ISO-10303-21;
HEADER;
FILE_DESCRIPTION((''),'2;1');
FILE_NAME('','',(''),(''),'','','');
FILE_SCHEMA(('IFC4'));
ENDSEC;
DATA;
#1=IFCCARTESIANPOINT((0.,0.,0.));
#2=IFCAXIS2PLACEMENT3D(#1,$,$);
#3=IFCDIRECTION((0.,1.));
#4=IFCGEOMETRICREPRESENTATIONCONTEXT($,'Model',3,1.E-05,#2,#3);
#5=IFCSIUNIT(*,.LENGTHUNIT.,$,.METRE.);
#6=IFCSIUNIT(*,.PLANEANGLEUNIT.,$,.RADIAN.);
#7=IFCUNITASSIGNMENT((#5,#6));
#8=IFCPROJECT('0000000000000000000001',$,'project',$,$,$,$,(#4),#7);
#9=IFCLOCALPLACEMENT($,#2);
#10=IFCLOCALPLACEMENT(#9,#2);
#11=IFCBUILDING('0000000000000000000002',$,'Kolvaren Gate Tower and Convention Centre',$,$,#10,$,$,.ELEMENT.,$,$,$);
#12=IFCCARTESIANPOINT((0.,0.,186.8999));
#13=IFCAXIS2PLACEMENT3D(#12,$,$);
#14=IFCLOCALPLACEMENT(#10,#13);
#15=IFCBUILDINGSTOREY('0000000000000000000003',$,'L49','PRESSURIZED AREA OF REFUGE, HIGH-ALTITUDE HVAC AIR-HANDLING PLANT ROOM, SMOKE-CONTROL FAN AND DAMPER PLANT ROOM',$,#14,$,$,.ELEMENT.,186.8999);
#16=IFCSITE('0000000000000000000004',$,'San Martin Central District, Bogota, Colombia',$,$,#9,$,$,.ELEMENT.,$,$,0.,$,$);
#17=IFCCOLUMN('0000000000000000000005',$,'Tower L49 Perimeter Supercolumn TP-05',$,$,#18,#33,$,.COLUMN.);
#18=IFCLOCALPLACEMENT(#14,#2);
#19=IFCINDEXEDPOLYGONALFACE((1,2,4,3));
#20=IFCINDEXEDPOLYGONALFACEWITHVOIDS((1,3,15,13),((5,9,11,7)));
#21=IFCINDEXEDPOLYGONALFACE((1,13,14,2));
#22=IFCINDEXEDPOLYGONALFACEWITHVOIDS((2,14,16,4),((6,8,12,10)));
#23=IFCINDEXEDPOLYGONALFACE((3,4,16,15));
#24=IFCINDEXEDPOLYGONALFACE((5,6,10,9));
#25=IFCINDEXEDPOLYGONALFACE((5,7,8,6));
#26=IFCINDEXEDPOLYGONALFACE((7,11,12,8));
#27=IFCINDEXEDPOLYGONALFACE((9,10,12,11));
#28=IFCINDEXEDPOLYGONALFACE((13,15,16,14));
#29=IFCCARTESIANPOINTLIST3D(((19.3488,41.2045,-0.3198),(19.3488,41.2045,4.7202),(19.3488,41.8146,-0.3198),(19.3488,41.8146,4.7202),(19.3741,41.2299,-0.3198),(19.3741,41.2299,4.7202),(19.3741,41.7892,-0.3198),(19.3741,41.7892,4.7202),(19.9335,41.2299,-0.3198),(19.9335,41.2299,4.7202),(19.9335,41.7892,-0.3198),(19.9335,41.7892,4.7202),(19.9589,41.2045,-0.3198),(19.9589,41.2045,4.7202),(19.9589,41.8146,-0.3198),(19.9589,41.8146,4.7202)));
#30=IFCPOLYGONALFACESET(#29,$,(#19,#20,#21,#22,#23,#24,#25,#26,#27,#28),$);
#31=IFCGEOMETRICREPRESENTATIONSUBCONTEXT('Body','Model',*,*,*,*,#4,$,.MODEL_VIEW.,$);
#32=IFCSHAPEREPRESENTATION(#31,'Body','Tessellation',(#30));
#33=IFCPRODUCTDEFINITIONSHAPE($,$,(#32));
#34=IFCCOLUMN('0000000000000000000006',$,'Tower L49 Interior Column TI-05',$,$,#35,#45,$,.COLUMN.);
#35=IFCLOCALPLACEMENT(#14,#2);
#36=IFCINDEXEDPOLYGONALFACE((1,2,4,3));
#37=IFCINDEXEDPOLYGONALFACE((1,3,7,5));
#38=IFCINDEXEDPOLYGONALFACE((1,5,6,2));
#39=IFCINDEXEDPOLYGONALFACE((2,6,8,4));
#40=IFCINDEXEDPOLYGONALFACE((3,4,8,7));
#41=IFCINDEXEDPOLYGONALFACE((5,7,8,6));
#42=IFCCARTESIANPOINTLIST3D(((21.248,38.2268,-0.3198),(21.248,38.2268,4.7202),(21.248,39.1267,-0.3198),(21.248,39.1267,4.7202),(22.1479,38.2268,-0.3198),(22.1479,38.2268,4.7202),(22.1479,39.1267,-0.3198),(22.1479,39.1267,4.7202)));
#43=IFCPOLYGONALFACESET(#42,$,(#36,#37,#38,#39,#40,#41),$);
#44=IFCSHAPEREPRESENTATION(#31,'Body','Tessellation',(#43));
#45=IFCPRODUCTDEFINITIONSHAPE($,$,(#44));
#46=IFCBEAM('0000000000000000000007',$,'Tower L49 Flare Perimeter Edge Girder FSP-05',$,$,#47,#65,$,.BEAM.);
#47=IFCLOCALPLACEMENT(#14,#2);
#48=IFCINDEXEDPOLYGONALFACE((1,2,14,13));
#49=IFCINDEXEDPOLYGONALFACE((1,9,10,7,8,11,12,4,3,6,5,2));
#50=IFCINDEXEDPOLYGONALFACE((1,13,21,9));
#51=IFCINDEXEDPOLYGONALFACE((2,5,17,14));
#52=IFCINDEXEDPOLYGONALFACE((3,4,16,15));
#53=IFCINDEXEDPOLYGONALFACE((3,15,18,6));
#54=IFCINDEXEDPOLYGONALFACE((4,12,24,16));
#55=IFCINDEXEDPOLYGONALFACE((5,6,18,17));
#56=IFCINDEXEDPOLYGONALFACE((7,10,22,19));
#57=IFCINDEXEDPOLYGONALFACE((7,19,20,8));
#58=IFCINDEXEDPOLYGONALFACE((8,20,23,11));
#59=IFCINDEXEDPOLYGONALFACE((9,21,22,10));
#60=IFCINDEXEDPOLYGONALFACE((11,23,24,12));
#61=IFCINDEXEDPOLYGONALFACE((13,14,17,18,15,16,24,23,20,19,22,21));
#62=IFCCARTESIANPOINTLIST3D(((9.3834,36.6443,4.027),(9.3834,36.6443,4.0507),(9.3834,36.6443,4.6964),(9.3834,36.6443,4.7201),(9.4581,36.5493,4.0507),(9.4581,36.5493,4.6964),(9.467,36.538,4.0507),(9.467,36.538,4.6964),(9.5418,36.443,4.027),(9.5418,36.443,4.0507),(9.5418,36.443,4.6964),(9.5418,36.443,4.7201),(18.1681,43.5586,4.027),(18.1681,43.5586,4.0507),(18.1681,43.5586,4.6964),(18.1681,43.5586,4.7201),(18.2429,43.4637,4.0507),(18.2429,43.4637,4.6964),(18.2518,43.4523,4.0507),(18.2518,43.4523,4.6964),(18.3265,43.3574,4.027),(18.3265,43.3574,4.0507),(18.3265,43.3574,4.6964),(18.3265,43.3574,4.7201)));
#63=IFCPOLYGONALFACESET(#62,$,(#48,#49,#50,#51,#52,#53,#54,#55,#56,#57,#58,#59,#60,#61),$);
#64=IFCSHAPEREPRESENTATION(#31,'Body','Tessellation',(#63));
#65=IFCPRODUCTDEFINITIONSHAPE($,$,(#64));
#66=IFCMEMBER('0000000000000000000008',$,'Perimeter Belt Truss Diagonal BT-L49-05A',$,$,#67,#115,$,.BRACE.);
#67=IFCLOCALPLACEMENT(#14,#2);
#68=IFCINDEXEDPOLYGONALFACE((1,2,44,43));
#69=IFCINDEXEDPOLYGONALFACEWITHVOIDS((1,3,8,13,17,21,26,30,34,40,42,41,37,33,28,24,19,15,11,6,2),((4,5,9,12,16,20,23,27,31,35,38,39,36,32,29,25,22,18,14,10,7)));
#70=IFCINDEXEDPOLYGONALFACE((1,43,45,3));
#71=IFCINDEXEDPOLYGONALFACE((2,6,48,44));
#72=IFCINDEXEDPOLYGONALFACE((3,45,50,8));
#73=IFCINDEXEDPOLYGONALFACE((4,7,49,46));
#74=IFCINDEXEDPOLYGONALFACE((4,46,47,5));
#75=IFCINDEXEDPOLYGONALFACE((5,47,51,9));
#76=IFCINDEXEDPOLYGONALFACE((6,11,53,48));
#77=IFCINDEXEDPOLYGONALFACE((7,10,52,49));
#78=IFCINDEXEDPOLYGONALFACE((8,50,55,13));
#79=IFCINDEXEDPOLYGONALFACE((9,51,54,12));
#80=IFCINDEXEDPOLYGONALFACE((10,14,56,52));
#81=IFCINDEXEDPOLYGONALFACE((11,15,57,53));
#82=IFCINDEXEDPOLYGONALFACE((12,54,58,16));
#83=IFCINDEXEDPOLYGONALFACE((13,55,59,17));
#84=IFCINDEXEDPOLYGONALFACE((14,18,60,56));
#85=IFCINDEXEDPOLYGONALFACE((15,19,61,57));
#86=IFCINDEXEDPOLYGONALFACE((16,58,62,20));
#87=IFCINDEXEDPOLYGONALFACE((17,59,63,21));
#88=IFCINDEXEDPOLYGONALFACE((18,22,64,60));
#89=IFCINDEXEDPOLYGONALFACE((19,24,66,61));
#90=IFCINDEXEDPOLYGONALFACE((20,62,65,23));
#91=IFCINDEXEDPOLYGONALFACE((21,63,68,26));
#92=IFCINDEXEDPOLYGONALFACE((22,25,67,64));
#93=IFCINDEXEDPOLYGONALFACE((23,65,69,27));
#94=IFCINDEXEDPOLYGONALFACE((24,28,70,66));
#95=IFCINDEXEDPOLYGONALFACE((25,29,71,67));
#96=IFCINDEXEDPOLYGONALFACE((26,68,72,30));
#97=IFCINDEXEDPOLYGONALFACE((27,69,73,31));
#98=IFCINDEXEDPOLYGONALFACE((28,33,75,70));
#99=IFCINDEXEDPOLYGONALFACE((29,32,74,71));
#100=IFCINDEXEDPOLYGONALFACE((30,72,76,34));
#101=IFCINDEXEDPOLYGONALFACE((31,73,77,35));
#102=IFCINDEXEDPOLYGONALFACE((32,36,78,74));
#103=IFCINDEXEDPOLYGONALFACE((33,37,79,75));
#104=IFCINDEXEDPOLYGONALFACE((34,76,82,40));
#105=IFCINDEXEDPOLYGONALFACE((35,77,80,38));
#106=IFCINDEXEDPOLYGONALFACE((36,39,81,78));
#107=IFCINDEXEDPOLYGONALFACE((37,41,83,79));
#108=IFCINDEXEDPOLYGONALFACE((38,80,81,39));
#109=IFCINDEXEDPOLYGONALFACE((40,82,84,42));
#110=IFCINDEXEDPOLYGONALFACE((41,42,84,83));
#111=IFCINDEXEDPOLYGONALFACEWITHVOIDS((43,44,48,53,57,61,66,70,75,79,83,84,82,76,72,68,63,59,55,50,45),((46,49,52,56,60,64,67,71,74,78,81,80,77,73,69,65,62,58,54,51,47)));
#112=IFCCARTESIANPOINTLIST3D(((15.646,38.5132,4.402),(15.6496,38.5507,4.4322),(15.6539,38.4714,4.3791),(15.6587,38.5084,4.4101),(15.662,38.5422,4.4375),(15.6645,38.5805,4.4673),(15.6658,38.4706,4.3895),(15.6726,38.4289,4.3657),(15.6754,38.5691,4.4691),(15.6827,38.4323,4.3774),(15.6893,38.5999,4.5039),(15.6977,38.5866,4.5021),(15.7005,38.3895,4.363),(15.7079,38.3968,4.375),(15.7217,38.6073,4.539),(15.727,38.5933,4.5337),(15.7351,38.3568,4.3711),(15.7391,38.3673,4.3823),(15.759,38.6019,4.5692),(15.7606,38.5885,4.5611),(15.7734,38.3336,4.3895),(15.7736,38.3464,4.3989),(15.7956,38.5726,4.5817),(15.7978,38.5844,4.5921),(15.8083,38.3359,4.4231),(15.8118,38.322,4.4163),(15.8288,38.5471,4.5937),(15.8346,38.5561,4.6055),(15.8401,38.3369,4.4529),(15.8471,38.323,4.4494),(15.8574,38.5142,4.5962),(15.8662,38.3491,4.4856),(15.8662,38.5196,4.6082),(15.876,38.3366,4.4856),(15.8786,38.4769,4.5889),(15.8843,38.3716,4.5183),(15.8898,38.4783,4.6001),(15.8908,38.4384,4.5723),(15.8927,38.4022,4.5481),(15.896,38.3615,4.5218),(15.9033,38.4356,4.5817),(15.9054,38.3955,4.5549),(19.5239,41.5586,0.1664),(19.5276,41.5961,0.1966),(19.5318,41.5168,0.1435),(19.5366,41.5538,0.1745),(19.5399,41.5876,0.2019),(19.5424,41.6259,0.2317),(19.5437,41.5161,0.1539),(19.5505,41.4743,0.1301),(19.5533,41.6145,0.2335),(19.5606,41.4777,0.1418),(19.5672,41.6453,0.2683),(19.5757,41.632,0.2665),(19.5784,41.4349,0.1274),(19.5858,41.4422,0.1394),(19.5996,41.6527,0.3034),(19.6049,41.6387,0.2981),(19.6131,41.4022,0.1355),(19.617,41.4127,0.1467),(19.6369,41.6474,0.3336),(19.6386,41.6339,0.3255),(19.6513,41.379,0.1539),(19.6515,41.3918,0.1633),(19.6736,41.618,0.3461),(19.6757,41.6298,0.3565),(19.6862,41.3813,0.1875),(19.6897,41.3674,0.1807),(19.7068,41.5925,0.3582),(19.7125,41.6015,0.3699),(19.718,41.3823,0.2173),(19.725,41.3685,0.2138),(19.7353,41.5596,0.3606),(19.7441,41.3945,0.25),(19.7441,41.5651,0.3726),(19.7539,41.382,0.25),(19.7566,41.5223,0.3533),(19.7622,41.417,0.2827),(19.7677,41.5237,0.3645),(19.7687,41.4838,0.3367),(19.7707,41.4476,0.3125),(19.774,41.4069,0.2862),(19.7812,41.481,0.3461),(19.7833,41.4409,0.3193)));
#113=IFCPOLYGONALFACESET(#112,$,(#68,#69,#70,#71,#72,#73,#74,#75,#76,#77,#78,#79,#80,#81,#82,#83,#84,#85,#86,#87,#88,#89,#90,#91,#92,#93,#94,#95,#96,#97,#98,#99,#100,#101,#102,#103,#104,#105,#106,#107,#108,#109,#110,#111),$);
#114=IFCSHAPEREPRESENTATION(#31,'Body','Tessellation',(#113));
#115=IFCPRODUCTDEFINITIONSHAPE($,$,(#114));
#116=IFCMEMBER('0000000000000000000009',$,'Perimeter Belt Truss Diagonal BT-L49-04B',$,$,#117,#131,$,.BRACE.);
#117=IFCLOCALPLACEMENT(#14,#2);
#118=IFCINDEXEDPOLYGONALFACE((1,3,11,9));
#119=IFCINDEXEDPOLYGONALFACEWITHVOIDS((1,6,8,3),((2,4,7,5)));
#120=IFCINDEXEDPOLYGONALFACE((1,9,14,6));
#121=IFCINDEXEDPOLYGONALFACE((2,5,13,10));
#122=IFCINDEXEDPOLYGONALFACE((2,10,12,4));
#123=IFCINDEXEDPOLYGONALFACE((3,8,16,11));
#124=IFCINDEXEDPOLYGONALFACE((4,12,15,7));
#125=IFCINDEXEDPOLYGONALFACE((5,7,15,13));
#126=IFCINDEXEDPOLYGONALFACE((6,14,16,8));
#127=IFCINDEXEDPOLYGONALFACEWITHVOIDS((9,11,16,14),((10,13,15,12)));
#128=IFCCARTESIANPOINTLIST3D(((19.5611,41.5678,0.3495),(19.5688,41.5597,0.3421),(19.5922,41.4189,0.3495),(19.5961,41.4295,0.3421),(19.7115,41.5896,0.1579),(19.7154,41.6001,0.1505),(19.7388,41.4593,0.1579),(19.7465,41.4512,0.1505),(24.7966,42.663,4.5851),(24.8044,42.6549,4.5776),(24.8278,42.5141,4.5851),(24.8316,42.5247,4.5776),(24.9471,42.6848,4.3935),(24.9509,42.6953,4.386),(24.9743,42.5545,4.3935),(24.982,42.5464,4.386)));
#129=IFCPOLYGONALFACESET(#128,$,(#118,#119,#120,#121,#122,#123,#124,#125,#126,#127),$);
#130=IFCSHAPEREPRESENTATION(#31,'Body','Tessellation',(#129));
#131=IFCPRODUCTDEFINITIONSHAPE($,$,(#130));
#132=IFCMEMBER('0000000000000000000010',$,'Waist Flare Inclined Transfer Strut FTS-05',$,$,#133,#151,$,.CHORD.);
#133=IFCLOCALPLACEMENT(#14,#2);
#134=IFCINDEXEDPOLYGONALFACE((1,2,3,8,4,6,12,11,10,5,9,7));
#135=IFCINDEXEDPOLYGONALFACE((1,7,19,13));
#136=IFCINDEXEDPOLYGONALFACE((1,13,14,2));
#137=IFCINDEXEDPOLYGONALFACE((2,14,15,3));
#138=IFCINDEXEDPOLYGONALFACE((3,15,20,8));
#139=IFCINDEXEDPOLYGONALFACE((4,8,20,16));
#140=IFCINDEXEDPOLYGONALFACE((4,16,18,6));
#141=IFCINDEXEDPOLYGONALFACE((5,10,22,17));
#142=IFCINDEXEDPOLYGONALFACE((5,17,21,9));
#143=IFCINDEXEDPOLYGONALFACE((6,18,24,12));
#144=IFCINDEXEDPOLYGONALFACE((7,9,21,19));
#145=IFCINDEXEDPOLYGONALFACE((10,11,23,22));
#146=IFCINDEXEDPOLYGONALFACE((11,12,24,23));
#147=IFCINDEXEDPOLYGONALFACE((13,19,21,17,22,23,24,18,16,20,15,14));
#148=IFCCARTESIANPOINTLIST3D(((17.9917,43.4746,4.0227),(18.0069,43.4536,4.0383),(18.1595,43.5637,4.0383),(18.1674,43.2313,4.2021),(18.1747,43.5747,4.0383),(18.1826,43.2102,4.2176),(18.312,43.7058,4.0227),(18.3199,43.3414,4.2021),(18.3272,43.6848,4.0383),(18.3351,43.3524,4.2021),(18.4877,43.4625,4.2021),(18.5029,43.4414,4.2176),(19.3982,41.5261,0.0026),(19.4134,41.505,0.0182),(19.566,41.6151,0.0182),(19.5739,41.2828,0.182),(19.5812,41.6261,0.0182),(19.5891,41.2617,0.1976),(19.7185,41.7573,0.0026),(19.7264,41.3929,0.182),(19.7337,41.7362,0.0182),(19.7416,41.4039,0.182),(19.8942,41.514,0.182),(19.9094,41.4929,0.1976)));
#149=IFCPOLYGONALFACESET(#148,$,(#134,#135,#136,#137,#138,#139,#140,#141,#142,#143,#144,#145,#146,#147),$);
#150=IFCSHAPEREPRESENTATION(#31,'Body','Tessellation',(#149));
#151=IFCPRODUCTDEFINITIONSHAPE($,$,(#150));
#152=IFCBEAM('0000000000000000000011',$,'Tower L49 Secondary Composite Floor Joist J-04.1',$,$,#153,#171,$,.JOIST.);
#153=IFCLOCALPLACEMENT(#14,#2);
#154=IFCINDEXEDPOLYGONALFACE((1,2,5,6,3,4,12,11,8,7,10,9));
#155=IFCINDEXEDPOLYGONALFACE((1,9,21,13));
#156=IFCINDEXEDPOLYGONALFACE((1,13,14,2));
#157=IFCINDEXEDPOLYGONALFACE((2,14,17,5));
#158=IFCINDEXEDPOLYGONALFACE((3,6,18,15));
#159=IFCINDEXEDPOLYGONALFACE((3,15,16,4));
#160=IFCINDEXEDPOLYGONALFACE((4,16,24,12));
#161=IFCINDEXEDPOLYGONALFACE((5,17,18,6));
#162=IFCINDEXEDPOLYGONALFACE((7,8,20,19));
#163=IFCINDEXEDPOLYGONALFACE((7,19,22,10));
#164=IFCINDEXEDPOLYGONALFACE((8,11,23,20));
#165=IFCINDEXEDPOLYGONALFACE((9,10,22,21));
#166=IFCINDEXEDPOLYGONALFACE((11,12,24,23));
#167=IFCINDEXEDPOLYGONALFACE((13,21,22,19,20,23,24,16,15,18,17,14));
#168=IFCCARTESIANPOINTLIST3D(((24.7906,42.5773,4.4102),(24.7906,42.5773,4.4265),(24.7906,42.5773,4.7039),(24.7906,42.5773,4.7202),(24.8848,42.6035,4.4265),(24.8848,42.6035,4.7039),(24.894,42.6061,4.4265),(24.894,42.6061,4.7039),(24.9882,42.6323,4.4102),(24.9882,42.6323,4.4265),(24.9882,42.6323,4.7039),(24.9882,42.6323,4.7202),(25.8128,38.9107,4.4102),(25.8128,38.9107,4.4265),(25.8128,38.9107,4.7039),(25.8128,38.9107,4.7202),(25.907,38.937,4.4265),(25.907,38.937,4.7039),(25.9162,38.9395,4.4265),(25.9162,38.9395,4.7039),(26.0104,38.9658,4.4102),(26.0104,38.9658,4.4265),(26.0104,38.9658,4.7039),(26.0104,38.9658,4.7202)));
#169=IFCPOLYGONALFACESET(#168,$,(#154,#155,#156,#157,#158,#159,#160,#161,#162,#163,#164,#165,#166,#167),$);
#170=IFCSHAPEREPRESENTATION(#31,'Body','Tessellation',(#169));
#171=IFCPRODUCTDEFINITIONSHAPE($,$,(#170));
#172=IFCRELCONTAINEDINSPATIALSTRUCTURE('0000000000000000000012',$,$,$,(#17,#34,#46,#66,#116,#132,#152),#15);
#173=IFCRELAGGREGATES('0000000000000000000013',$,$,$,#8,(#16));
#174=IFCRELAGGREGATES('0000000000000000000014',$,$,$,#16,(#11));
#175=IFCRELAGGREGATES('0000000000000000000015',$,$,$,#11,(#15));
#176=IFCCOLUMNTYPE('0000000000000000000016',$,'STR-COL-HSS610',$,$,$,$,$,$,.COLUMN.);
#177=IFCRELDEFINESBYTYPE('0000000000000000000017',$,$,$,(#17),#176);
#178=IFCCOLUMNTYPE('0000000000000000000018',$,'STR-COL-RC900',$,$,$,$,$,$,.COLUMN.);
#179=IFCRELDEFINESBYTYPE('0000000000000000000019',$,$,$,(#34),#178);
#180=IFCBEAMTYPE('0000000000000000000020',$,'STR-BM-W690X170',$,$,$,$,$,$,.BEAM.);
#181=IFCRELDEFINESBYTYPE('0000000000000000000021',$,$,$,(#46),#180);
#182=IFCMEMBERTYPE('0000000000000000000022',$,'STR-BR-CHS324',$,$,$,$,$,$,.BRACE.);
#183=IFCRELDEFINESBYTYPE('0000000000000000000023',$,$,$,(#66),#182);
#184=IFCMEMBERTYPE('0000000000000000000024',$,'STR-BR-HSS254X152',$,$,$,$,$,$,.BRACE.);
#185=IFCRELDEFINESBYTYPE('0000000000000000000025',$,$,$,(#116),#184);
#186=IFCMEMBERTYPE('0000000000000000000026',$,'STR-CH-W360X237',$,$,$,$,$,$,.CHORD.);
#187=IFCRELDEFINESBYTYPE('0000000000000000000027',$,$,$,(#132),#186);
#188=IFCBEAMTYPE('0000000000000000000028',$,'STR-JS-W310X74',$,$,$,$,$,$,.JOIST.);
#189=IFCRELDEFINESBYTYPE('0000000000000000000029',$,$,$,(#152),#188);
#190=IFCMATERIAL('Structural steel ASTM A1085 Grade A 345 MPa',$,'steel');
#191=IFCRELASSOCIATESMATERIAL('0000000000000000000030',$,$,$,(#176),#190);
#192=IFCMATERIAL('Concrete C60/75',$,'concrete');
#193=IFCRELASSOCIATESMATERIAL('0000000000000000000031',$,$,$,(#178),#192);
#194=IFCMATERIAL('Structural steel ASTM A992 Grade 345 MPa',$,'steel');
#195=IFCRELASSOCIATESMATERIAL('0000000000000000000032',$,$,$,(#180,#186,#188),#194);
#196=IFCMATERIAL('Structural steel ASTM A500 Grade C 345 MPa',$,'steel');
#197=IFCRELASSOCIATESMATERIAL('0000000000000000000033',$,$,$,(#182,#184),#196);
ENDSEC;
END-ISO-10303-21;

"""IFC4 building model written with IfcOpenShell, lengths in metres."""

from ifc_helpers import new_model, si_unit, direction, frame, origin, origin_2d, place, context, subcontext, project, spatial, rectangle, hollow_rectangle, hollow_circle, i_section, extrude, material, material_profile, profile_set, type_object, element, save


model = new_model("IFC4")

# Units and contexts
model_context = context("Model", 3, precision=1e-05, world=origin(), true_north=direction((0.0, 1.0)))
body_context = subcontext(model_context, "Body", "Model", "MODEL_VIEW")
ifc_project = project(units=[si_unit("LENGTHUNIT", "METRE"), si_unit("PLANEANGLEUNIT", "RADIAN")], contexts=[model_context])

# Site, building, storey
site_placement = place(None, origin())
site = spatial("IfcSite", under=ifc_project, at=site_placement, Name="San Martin Central District, Bogota, Colombia", CompositionType="ELEMENT", RefElevation=0.0)
building_placement = place(site_placement, origin())
building = spatial("IfcBuilding", under=site, at=building_placement, Name="Kolvaren Gate Tower and Convention Centre", CompositionType="ELEMENT")
storey_placement = place(building_placement, frame((0.0, 0.0, 186.8999)))
storey = spatial("IfcBuildingStorey", under=building, at=storey_placement, Name="L49", Description="PRESSURIZED AREA OF REFUGE, HIGH-ALTITUDE HVAC AIR-HANDLING PLANT ROOM, SMOKE-CONTROL FAN AND DAMPER PLANT ROOM", CompositionType="ELEMENT", Elevation=186.8999)

# Columns
ifc_material_1 = material(Name="Structural steel ASTM A1085 Grade A 345 MPa", Category="steel")
ifc_material_profile_1 = material_profile(ifc_material_1, hollow_rectangle(XDim=0.6101, YDim=0.6101, WallThickness=0.0254, at=origin_2d()), Name="HSS610X610X25.4")
ifc_profile_set_1 = profile_set([ifc_material_profile_1], Name="Structural steel ASTM A1085 Grade A 345 MPa")
column_type_1 = type_object("IfcColumnType", Name="STR-COL-HSS610", PredefinedType="COLUMN", material=ifc_profile_set_1)
column_1_placement = place(storey_placement, frame((19.6538, 41.5095, -0.3198), z_axis=(0.0, 0.0, 1.0), x_axis=(1.0, 0.0, 0.0)))
element("IfcColumn", 1, at=column_1_placement, inside=storey, type_object=column_type_1, Name="Tower L49 Perimeter Supercolumn TP-05", PredefinedType="COLUMN", context=body_context, shape_type="SweptSolid", body=[
    extrude(hollow_rectangle(XDim=0.6101, YDim=0.6101, WallThickness=0.0254, at=origin_2d()), origin(), (0.0, 0.0, 1.0), 5.04),
])
ifc_material_2 = material(Name="Concrete C60/75", Category="concrete")
ifc_material_profile_2 = material_profile(ifc_material_2, rectangle(XDim=0.8999, YDim=0.8999, at=origin_2d()), Name="RC-COL-900X900")
ifc_profile_set_2 = profile_set([ifc_material_profile_2], Name="Concrete C60/75")
column_type_2 = type_object("IfcColumnType", Name="STR-COL-RC900", PredefinedType="COLUMN", material=ifc_profile_set_2)
column_2_placement = place(storey_placement, frame((21.698, 38.6768, -0.3198), z_axis=(0.0, 0.0, 1.0), x_axis=(1.0, 0.0, 0.0)))
element("IfcColumn", 2, at=column_2_placement, inside=storey, type_object=column_type_2, Name="Tower L49 Interior Column TI-05", PredefinedType="COLUMN", context=body_context, shape_type="SweptSolid", body=[
    extrude(rectangle(XDim=0.8999, YDim=0.8999, at=origin_2d()), origin(), (0.0, 0.0, 1.0), 5.04),
])

# Beam
ifc_material_3 = material(Name="Structural steel ASTM A992 Grade 345 MPa", Category="steel")
ifc_material_profile_3 = material_profile(ifc_material_3, i_section(OverallWidth=0.2561, OverallDepth=0.6931, WebThickness=0.0144, FlangeThickness=0.0237, at=origin_2d()), Name="W690X170")
ifc_profile_set_3 = profile_set([ifc_material_profile_3], Name="Structural steel ASTM A992 Grade 345 MPa")
beam_type_1 = type_object("IfcBeamType", Name="STR-BM-W690X170", PredefinedType="BEAM", material=ifc_profile_set_3)
beam_1_placement = place(storey_placement, frame((18.2473, 43.458, 4.3735), z_axis=(-0.785794, -0.618489, 0.0), x_axis=(0.618489, -0.785794, 0.0)))
element("IfcBeam", 3, at=beam_1_placement, inside=storey, type_object=beam_type_1, Name="Tower L49 Flare Perimeter Edge Girder FSP-05", PredefinedType="BEAM", context=body_context, shape_type="SweptSolid", body=[
    extrude(i_section(OverallWidth=0.2561, OverallDepth=0.6931, WebThickness=0.0144, FlangeThickness=0.0237, at=origin_2d()), origin(), (0.0, 0.0, 1.0), 11.1794),
])

# Members
ifc_material_4 = material(Name="Structural steel ASTM A500 Grade C 345 MPa", Category="steel")
ifc_material_profile_4 = material_profile(ifc_material_4, hollow_circle(Radius=0.1621, WallThickness=0.0159, at=origin_2d()), Name="CHS324X15.9")
ifc_profile_set_4 = profile_set([ifc_material_profile_4], Name="Structural steel ASTM A500 Grade C 345 MPa")
member_type_1 = type_object("IfcMemberType", Name="STR-BR-CHS324", PredefinedType="BRACE", material=ifc_profile_set_4)
member_1_placement = place(storey_placement, frame((19.6538, 41.5095, 0.25), z_axis=(-0.596582, -0.468507, 0.651606), x_axis=(0.617629, -0.78647, 0.0)))
element("IfcMember", 4, at=member_1_placement, inside=storey, type_object=member_type_1, Name="Perimeter Belt Truss Diagonal BT-L49-05A", PredefinedType="BRACE", context=body_context, shape_type="SweptSolid", body=[
    extrude(hollow_circle(Radius=0.1621, WallThickness=0.0159, at=origin_2d()), origin(), (0.0, 0.0, 1.0), 6.5002),
])
ifc_material_profile_5 = material_profile(ifc_material_4, hollow_rectangle(XDim=0.1521, YDim=0.2539, WallThickness=0.0095, at=origin_2d()), Name="HSS254X152X9.5")
ifc_profile_set_5 = profile_set([ifc_material_profile_5], Name="Structural steel ASTM A500 Grade C 345 MPa")
member_type_2 = type_object("IfcMemberType", Name="STR-BR-HSS254X152", PredefinedType="BRACE", material=ifc_profile_set_5)
member_2_placement = place(storey_placement, frame((19.6538, 41.5095, 0.25), z_axis=(0.767362, 0.160522, 0.620796), x_axis=(-0.204754, 0.978813, 0.0)))
element("IfcMember", 5, at=member_2_placement, inside=storey, type_object=member_type_2, Name="Perimeter Belt Truss Diagonal BT-L49-04B", PredefinedType="BRACE", context=body_context, shape_type="SweptSolid", body=[
    extrude(hollow_rectangle(XDim=0.1521, YDim=0.2539, WallThickness=0.0095, at=origin_2d()), origin(), (0.0, 0.0, 1.0), 6.8228),
])
ifc_material_profile_6 = material_profile(ifc_material_3, i_section(OverallWidth=0.395, OverallDepth=0.3799, WebThickness=0.0188, FlangeThickness=0.0303, at=origin_2d()), Name="W360X237")
ifc_profile_set_6 = profile_set([ifc_material_profile_6], Name="Structural steel ASTM A992 Grade 345 MPa")
member_type_3 = type_object("IfcMemberType", Name="STR-CH-W360X237", PredefinedType="CHORD", material=ifc_profile_set_6)
member_3_placement = place(storey_placement, frame((19.6538, 41.5095, 0.1001), z_axis=(-0.300307, 0.41603, 0.858333), x_axis=(-0.810827, -0.585287, 0.0)))
element("IfcMember", 6, at=member_3_placement, inside=storey, type_object=member_type_3, Name="Waist Flare Inclined Transfer Strut FTS-05", PredefinedType="CHORD", context=body_context, shape_type="SweptSolid", body=[
    extrude(i_section(OverallWidth=0.395, OverallDepth=0.3799, WebThickness=0.0188, FlangeThickness=0.0303, at=origin_2d()), origin(), (0.0, 0.0, 1.0), 4.6836),
])

# Beam
ifc_material_profile_7 = material_profile(ifc_material_3, i_section(OverallWidth=0.2051, OverallDepth=0.3101, WebThickness=0.0095, FlangeThickness=0.0164, at=origin_2d()), Name="W310X74")
ifc_profile_set_7 = profile_set([ifc_material_profile_7], Name="Structural steel ASTM A992 Grade 345 MPa")
beam_type_2 = type_object("IfcBeamType", Name="STR-JS-W310X74", PredefinedType="JOIST", material=ifc_profile_set_7)
beam_2_placement = place(storey_placement, frame((25.9116, 38.9382, 4.5652), z_axis=(-0.268557, 0.963264, 0.0), x_axis=(-0.963264, -0.268557, 0.0)))
element("IfcBeam", 7, at=beam_2_placement, inside=storey, type_object=beam_type_2, Name="Tower L49 Secondary Composite Floor Joist J-04.1", PredefinedType="JOIST", context=body_context, shape_type="SweptSolid", body=[
    extrude(i_section(OverallWidth=0.2051, OverallDepth=0.3101, WebThickness=0.0095, FlangeThickness=0.0164, at=origin_2d()), origin(), (0.0, 0.0, 1.0), 3.8064),
])

save(model, "model.ifc")
